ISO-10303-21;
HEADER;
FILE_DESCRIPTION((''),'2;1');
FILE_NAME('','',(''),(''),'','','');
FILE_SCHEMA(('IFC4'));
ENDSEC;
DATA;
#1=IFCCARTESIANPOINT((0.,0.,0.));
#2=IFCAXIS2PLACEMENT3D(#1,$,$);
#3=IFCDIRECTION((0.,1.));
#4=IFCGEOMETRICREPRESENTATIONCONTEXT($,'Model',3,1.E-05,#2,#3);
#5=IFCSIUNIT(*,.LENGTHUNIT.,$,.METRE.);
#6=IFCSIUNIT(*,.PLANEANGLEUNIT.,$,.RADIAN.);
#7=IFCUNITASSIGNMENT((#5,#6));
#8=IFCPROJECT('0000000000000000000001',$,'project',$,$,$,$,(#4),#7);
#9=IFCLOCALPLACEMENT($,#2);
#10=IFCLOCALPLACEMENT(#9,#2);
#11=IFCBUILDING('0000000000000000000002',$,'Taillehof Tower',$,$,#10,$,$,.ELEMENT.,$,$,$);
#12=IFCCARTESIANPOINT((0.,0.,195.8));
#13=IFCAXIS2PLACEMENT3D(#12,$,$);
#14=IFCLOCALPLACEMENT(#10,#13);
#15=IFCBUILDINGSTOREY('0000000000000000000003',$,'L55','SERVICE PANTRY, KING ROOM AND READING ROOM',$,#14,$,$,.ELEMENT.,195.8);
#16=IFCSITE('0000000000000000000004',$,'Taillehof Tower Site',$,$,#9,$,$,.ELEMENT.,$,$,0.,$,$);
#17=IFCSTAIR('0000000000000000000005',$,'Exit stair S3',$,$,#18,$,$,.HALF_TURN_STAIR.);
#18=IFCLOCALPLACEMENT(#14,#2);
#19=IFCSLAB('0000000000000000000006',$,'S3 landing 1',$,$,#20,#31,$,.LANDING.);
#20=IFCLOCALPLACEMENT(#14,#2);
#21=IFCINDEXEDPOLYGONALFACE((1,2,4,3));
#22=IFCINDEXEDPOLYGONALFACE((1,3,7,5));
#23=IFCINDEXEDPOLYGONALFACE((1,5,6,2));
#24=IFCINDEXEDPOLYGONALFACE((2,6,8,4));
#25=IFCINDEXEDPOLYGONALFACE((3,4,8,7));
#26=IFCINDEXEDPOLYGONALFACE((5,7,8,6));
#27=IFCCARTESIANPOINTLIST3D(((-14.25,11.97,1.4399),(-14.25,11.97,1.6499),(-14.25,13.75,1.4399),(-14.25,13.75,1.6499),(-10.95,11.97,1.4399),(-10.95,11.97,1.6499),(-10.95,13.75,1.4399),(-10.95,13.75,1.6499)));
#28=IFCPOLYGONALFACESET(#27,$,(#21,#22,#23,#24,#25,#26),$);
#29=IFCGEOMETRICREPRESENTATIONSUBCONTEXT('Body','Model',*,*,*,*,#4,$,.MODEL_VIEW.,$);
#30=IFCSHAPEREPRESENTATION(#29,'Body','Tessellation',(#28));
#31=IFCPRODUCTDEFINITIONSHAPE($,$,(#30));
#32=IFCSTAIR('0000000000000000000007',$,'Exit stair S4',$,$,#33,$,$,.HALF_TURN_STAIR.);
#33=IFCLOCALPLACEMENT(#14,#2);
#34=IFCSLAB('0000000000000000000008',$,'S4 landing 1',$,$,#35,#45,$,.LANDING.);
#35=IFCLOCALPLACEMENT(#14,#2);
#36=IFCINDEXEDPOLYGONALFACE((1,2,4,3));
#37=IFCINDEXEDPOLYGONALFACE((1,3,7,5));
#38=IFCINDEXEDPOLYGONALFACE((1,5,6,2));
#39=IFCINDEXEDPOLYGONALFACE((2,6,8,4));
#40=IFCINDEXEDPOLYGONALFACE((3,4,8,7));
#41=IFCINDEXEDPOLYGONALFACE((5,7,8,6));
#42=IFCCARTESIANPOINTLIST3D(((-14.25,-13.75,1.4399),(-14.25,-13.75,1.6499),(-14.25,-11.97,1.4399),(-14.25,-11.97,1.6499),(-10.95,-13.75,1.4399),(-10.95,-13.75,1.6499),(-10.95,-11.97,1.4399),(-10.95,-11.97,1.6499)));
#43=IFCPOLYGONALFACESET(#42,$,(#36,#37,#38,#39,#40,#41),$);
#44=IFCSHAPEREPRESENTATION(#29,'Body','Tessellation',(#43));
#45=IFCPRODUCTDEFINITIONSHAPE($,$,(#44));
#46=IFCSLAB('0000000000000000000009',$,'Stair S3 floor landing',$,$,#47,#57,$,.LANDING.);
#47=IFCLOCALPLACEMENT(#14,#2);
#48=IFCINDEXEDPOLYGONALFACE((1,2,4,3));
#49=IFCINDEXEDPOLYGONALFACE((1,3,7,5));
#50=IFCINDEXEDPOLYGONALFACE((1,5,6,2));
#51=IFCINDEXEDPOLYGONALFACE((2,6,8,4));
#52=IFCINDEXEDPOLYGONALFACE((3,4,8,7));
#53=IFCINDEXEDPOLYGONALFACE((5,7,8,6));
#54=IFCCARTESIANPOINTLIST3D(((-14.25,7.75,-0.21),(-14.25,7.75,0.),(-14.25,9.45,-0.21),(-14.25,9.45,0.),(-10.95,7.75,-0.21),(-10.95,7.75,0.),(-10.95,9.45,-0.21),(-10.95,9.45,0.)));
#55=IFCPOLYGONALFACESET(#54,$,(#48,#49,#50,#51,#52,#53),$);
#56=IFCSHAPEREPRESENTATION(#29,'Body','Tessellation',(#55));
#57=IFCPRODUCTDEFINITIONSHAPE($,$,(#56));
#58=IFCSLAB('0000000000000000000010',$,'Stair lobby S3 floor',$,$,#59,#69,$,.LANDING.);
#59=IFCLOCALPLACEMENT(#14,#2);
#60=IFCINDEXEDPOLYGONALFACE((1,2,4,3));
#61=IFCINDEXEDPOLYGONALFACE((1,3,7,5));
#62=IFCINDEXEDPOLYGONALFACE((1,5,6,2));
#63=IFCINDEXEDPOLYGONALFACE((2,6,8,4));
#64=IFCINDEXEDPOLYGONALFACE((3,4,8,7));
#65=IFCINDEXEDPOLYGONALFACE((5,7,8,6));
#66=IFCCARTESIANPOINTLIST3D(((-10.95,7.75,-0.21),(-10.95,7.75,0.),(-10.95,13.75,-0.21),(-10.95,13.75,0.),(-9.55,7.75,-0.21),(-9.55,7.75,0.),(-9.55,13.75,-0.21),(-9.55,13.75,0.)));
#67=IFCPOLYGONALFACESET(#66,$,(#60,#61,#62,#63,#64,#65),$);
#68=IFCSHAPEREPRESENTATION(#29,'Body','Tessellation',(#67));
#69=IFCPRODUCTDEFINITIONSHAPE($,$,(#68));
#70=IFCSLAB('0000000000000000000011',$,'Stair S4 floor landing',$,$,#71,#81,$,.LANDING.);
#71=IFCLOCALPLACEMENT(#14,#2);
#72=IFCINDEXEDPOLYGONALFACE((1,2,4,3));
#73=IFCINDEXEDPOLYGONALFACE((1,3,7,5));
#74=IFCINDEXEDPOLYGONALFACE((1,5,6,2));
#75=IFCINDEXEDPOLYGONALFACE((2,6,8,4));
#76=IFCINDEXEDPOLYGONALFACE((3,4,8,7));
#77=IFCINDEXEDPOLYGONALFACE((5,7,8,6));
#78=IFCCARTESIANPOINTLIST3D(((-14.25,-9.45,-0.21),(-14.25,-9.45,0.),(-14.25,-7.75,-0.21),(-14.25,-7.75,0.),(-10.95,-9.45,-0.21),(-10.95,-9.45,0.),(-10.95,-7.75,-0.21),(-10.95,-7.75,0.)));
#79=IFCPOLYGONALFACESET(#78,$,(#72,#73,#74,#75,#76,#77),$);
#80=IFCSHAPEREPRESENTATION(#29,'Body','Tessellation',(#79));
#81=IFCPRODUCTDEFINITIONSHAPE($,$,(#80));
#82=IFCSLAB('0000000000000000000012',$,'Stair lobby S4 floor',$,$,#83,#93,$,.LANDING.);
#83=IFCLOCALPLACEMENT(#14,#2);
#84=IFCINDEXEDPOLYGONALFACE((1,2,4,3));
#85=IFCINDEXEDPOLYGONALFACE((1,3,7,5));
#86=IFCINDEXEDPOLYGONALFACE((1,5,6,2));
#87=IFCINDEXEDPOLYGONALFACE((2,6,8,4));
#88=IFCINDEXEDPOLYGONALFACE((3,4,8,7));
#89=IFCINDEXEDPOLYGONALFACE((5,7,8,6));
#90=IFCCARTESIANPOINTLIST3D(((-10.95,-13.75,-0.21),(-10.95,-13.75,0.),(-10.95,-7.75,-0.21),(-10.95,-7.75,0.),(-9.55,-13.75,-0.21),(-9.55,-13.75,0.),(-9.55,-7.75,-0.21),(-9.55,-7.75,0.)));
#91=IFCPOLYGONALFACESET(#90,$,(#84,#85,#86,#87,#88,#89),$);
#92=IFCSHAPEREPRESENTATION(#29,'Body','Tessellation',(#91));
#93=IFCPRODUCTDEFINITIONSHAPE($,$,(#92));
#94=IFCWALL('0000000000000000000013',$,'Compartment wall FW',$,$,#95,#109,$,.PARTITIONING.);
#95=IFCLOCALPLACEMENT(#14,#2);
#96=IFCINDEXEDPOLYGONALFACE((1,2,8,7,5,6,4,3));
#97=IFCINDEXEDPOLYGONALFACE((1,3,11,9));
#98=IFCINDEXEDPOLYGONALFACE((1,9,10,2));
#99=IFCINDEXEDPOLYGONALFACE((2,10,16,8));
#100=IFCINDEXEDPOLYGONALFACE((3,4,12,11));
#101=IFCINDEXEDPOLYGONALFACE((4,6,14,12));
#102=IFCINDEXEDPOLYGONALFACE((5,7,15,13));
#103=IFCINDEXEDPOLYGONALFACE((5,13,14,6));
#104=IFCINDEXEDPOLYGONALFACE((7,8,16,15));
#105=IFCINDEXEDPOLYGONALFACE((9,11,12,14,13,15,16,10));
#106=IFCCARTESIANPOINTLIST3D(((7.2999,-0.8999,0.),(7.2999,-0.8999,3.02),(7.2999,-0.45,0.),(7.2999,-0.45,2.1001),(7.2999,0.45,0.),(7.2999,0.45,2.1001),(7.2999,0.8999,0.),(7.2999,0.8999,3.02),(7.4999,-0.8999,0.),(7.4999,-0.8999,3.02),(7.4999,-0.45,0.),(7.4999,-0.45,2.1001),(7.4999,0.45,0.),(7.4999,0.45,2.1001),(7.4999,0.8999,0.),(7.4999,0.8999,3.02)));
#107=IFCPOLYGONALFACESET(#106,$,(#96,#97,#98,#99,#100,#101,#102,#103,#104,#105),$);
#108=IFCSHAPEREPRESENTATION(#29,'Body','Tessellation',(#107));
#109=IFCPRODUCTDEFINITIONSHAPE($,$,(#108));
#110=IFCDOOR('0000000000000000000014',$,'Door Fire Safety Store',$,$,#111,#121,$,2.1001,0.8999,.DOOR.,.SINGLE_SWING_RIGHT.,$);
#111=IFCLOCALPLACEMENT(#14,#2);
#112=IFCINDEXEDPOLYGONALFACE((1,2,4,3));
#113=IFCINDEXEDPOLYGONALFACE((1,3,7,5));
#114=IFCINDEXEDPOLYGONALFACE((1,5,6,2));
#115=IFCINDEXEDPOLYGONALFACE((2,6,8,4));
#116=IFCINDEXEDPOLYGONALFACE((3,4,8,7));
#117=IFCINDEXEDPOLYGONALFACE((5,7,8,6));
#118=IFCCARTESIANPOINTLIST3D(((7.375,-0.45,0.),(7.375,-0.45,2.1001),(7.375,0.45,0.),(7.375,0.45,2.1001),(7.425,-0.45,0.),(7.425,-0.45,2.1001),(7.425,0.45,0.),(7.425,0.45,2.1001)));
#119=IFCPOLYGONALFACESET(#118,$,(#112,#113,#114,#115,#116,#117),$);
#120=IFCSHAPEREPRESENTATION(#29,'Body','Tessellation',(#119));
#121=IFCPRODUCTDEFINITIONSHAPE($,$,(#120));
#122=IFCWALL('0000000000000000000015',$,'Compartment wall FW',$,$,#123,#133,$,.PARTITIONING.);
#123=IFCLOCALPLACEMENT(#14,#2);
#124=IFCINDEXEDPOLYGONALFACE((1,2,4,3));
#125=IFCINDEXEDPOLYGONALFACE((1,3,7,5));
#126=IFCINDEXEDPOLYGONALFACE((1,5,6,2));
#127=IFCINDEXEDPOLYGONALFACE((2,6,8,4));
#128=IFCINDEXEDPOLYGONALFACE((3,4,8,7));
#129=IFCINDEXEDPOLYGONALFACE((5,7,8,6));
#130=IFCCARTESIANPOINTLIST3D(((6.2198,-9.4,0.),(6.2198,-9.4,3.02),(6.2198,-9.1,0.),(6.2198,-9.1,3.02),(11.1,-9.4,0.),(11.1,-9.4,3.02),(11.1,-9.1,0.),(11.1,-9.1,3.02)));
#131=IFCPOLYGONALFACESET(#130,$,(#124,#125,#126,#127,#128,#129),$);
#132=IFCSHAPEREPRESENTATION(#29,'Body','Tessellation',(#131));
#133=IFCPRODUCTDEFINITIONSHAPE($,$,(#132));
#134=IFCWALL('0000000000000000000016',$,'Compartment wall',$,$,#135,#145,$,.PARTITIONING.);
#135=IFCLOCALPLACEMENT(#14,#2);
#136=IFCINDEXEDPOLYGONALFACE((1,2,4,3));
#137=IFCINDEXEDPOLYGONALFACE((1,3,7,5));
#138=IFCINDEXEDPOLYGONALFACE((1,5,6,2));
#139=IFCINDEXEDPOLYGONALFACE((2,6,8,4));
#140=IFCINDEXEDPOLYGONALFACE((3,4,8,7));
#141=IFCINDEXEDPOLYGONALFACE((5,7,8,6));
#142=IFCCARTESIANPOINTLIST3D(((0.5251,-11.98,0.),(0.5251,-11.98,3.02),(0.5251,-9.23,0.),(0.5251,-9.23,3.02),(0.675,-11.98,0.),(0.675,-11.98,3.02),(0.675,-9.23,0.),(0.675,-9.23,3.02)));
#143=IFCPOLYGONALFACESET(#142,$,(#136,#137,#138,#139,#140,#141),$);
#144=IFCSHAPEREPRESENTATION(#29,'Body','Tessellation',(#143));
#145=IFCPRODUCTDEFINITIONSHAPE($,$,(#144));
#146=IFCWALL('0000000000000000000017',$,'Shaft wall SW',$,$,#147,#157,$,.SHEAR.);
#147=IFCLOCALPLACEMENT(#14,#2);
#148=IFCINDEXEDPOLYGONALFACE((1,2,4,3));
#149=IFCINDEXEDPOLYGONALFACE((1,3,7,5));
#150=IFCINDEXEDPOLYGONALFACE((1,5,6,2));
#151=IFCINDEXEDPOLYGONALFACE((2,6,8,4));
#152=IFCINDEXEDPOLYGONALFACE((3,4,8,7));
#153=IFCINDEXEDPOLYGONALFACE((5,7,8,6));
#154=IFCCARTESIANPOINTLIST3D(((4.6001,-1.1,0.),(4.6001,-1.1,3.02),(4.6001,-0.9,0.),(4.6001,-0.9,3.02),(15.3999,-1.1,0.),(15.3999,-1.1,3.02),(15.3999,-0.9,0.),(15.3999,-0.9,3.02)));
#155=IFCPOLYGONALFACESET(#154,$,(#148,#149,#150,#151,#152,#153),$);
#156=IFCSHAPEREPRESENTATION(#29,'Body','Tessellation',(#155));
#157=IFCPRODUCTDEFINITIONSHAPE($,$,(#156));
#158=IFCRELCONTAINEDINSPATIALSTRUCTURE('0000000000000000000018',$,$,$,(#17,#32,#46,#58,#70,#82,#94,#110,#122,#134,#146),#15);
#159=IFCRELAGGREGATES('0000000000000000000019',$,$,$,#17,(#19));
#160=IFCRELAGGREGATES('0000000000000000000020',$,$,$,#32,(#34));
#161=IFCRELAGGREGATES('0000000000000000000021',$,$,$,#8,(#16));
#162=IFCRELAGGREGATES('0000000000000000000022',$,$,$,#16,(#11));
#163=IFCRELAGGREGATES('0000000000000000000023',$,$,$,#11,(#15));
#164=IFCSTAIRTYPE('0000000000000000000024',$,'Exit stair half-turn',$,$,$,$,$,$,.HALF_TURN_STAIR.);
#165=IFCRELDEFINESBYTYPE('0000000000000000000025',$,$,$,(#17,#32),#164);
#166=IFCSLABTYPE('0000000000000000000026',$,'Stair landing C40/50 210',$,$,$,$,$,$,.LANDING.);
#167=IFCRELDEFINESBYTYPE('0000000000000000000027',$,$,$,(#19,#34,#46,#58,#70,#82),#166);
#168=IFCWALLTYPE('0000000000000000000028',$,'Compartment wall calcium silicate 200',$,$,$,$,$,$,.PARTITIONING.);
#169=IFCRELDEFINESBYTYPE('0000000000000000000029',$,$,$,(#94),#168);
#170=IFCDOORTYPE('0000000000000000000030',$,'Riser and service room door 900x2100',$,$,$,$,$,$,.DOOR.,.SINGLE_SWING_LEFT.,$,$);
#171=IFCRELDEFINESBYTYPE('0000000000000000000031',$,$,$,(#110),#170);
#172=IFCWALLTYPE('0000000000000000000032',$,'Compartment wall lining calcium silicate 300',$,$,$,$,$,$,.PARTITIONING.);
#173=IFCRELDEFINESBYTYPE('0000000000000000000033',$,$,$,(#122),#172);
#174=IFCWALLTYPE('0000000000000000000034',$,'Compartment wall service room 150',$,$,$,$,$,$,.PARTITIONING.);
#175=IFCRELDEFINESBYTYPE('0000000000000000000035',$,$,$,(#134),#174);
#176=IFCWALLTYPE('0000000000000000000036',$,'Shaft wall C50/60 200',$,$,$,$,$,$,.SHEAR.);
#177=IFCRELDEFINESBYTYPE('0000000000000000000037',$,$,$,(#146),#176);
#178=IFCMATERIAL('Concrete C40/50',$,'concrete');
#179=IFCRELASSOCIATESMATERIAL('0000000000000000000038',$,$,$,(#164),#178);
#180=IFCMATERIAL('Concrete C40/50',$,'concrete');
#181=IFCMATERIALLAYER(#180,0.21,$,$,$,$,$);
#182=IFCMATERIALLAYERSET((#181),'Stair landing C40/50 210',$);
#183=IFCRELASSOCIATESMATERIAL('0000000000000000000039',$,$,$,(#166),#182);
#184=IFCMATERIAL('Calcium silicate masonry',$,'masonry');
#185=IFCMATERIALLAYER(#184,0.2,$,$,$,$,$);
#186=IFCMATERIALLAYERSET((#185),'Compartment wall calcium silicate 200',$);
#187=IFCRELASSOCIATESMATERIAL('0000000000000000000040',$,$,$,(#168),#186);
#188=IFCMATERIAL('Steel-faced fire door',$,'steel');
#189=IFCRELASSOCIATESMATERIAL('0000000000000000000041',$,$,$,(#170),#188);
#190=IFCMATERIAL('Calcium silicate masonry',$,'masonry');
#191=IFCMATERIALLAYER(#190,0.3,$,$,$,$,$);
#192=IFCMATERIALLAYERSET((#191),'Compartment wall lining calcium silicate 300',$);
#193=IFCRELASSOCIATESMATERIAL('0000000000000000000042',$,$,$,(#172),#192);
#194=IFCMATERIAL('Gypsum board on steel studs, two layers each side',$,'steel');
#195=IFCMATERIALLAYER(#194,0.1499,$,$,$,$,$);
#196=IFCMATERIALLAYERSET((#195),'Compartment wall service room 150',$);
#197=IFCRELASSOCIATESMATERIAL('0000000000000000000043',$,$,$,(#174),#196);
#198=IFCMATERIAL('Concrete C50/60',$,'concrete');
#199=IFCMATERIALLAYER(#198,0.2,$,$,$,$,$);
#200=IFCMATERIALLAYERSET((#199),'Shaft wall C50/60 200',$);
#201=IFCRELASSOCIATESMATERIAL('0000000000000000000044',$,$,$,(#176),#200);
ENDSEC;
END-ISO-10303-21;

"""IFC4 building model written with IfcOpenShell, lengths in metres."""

from ifc_helpers import new_model, si_unit, direction, frame, frame_2d, origin, place, context, subcontext, project, spatial, polyline, rectangle, outline, extrude, material, layer, layer_set, type_object, element, fill, aggregate, save


model = new_model("IFC4")

# Units and contexts
model_context = context("Model", 3, precision=1e-05, world=origin(), true_north=direction((0.0, 1.0)))
body_context = subcontext(model_context, "Body", "Model", "MODEL_VIEW")
ifc_project = project(units=[si_unit("LENGTHUNIT", "METRE"), si_unit("PLANEANGLEUNIT", "RADIAN")], contexts=[model_context])

# Site, building, storey
site_placement = place(None, origin())
site = spatial("IfcSite", under=ifc_project, at=site_placement, Name="Taillehof Tower Site", CompositionType="ELEMENT", RefElevation=0.0)
building_placement = place(site_placement, origin())
building = spatial("IfcBuilding", under=site, at=building_placement, Name="Taillehof Tower", CompositionType="ELEMENT")
storey_placement = place(building_placement, frame((0.0, 0.0, 195.8)))
storey = spatial("IfcBuildingStorey", under=building, at=storey_placement, Name="L55", Description="SERVICE PANTRY, KING ROOM AND READING ROOM", CompositionType="ELEMENT", Elevation=195.8)

# Stairs, slabs
ifc_material_1 = material(Name="Concrete C40/50", Category="concrete")
stair_type = type_object("IfcStairType", Name="Exit stair half-turn", PredefinedType="HALF_TURN_STAIR", material=ifc_material_1)
ifc_material_2 = material(Name="Concrete C40/50", Category="concrete")
ifc_layer_1 = layer(ifc_material_2, 0.21)
ifc_layer_set_1 = layer_set([ifc_layer_1], Name="Stair landing C40/50 210")
slab_type_1 = type_object("IfcSlabType", Name="Stair landing C40/50 210", PredefinedType="LANDING", material=ifc_layer_set_1)
stair_1_placement = place(storey_placement, origin())
stair_1 = element("IfcStair", 1, at=stair_1_placement, inside=storey, type_object=stair_type, Name="Exit stair S3", PredefinedType="HALF_TURN_STAIR")
slab_1_placement = place(storey_placement, frame((0.0, 0.0, 1.4399)))
slab_1 = element("IfcSlab", 2, at=slab_1_placement, type_object=slab_type_1, Name="S3 landing 1", PredefinedType="LANDING", context=body_context, shape_type="SweptSolid", body=[
    extrude(outline(polyline([(-14.25, 11.97), (-14.25, 13.75), (-10.95, 13.75), (-10.95, 11.97), (-14.25, 11.97)])), origin(), (0.0, 0.0, 1.0), 0.21),
])
aggregate(stair_1, [slab_1])
stair_2_placement = place(storey_placement, origin())
stair_2 = element("IfcStair", 3, at=stair_2_placement, inside=storey, type_object=stair_type, Name="Exit stair S4", PredefinedType="HALF_TURN_STAIR")
slab_2_placement = place(storey_placement, frame((0.0, 0.0, 1.4399)))
slab_2 = element("IfcSlab", 4, at=slab_2_placement, type_object=slab_type_1, Name="S4 landing 1", PredefinedType="LANDING", context=body_context, shape_type="SweptSolid", body=[
    extrude(outline(polyline([(-14.25, -11.97), (-14.25, -13.75), (-10.95, -13.75), (-10.95, -11.97), (-14.25, -11.97)])), origin(), (0.0, 0.0, 1.0), 0.21),
])
aggregate(stair_2, [slab_2])

# Slabs
slab_3_placement = place(storey_placement, frame((0.0, 0.0, -0.21)))
element("IfcSlab", 5, at=slab_3_placement, inside=storey, type_object=slab_type_1, Name="Stair S3 floor landing", PredefinedType="LANDING", context=body_context, shape_type="SweptSolid", body=[
    extrude(outline(polyline([(-14.25, 7.75), (-14.25, 9.45), (-10.95, 9.45), (-10.95, 7.75), (-14.25, 7.75)])), origin(), (0.0, 0.0, 1.0), 0.21),
])
slab_4_placement = place(storey_placement, frame((0.0, 0.0, -0.21)))
element("IfcSlab", 6, at=slab_4_placement, inside=storey, type_object=slab_type_1, Name="Stair lobby S3 floor", PredefinedType="LANDING", context=body_context, shape_type="SweptSolid", body=[
    extrude(outline(polyline([(-10.95, 7.75), (-9.55, 7.75), (-9.55, 13.75), (-10.95, 13.75), (-10.95, 7.75)])), origin(), (0.0, 0.0, 1.0), 0.21),
])
slab_5_placement = place(storey_placement, frame((0.0, 0.0, -0.21)))
element("IfcSlab", 7, at=slab_5_placement, inside=storey, type_object=slab_type_1, Name="Stair S4 floor landing", PredefinedType="LANDING", context=body_context, shape_type="SweptSolid", body=[
    extrude(outline(polyline([(-14.25, -7.75), (-14.25, -9.45), (-10.95, -9.45), (-10.95, -7.75), (-14.25, -7.75)])), origin(), (0.0, 0.0, 1.0), 0.21),
])
slab_6_placement = place(storey_placement, frame((0.0, 0.0, -0.21)))
element("IfcSlab", 8, at=slab_6_placement, inside=storey, type_object=slab_type_1, Name="Stair lobby S4 floor", PredefinedType="LANDING", context=body_context, shape_type="SweptSolid", body=[
    extrude(outline(polyline([(-10.95, -13.75), (-9.55, -13.75), (-9.55, -7.75), (-10.95, -7.75), (-10.95, -13.75)])), origin(), (0.0, 0.0, 1.0), 0.21),
])

# Wall, opening, door
ifc_material_3 = material(Name="Calcium silicate masonry", Category="masonry")
ifc_layer_2 = layer(ifc_material_3, 0.2)
ifc_layer_set_2 = layer_set([ifc_layer_2], Name="Compartment wall calcium silicate 200")
wall_type_1 = type_object("IfcWallType", Name="Compartment wall calcium silicate 200", PredefinedType="PARTITIONING", material=ifc_layer_set_2)
wall_1_placement = place(storey_placement, frame((7.3999, -0.8999, 0.0), z_axis=(0.0, 0.0, 1.0), x_axis=(0.0, 1.0, 0.0)))
wall_1 = element("IfcWall", 9, at=wall_1_placement, inside=storey, type_object=wall_type_1, Name="Compartment wall FW", PredefinedType="PARTITIONING", context=body_context, shape_type="SweptSolid", body=[
    extrude(rectangle(XDim=1.7998, YDim=0.2, at=frame_2d((0.8999, 0.0))), origin(), (0.0, 0.0, 1.0), 3.02),
])
opening_1_placement = place(wall_1_placement, frame((0.45, 0.0, 0.0)))
opening_1 = element("IfcOpeningElement", 10, at=opening_1_placement, cuts=wall_1, PredefinedType="OPENING", context=body_context, shape_type="SweptSolid", body=[
    extrude(rectangle(XDim=0.8999, YDim=2.1001, at=frame_2d((0.45, 1.05))), frame((0.0, 0.1099, 0.0), z_axis=(0.0, -1.0, 0.0), x_axis=(1.0, 0.0, 0.0)), (0.0, 0.0, 1.0), 0.22),
])
ifc_material_4 = material(Name="Steel-faced fire door", Category="steel")
door_type_1 = type_object("IfcDoorType", Name="Riser and service room door 900x2100", OperationType="SINGLE_SWING_LEFT", PredefinedType="DOOR", material=ifc_material_4)
door_1_placement = place(opening_1_placement, origin())
door_1 = element("IfcDoor", 11, at=door_1_placement, inside=storey, type_object=door_type_1, Name="Door Fire Safety Store", OperationType="SINGLE_SWING_RIGHT", OverallHeight=2.1001, OverallWidth=0.8999, PredefinedType="DOOR", context=body_context, shape_type="SweptSolid", body=[
    extrude(rectangle(XDim=0.8999, YDim=2.1001, at=frame_2d((0.45, 1.05))), frame((0.0, 0.0249, 0.0), z_axis=(0.0, -1.0, 0.0), x_axis=(1.0, 0.0, 0.0)), (0.0, 0.0, 1.0), 0.05),
])
fill(opening_1, door_1)

# Walls
ifc_material_5 = material(Name="Calcium silicate masonry", Category="masonry")
ifc_layer_3 = layer(ifc_material_5, 0.3)
ifc_layer_set_3 = layer_set([ifc_layer_3], Name="Compartment wall lining calcium silicate 300")
wall_type_2 = type_object("IfcWallType", Name="Compartment wall lining calcium silicate 300", PredefinedType="PARTITIONING", material=ifc_layer_set_3)
wall_2_placement = place(storey_placement, frame((6.22, -9.25, 0.0), z_axis=(0.0, 0.0, 1.0), x_axis=(1.0, 0.0, 0.0)))
element("IfcWall", 12, at=wall_2_placement, inside=storey, type_object=wall_type_2, Name="Compartment wall FW", PredefinedType="PARTITIONING", context=body_context, shape_type="SweptSolid", body=[
    extrude(rectangle(XDim=4.8801, YDim=0.3, at=frame_2d((2.4399, 0.0))), origin(), (0.0, 0.0, 1.0), 3.02),
])
ifc_material_6 = material(Name="Gypsum board on steel studs, two layers each side", Category="steel")
ifc_layer_4 = layer(ifc_material_6, 0.1499)
ifc_layer_set_4 = layer_set([ifc_layer_4], Name="Compartment wall service room 150")
wall_type_3 = type_object("IfcWallType", Name="Compartment wall service room 150", PredefinedType="PARTITIONING", material=ifc_layer_set_4)
wall_3_placement = place(storey_placement, frame((0.6001, -9.23, 0.0), z_axis=(0.0, 0.0, 1.0), x_axis=(0.0, -1.0, 0.0)))
element("IfcWall", 13, at=wall_3_placement, inside=storey, type_object=wall_type_3, Name="Compartment wall", PredefinedType="PARTITIONING", context=body_context, shape_type="SweptSolid", body=[
    extrude(rectangle(XDim=2.75, YDim=0.1499, at=frame_2d((1.375, 0.0))), origin(), (0.0, 0.0, 1.0), 3.02),
])
ifc_material_7 = material(Name="Concrete C50/60", Category="concrete")
ifc_layer_5 = layer(ifc_material_7, 0.2)
ifc_layer_set_5 = layer_set([ifc_layer_5], Name="Shaft wall C50/60 200")
wall_type_4 = type_object("IfcWallType", Name="Shaft wall C50/60 200", PredefinedType="SHEAR", material=ifc_layer_set_5)
wall_4_placement = place(storey_placement, frame((4.6001, -1.0, 0.0), z_axis=(0.0, 0.0, 1.0), x_axis=(1.0, 0.0, 0.0)))
element("IfcWall", 14, at=wall_4_placement, inside=storey, type_object=wall_type_4, Name="Shaft wall SW", PredefinedType="SHEAR", context=body_context, shape_type="SweptSolid", body=[
    extrude(rectangle(XDim=10.7998, YDim=0.2, at=frame_2d((5.3999, 0.0))), origin(), (0.0, 0.0, 1.0), 3.02),
])

save(model, "model.ifc")
